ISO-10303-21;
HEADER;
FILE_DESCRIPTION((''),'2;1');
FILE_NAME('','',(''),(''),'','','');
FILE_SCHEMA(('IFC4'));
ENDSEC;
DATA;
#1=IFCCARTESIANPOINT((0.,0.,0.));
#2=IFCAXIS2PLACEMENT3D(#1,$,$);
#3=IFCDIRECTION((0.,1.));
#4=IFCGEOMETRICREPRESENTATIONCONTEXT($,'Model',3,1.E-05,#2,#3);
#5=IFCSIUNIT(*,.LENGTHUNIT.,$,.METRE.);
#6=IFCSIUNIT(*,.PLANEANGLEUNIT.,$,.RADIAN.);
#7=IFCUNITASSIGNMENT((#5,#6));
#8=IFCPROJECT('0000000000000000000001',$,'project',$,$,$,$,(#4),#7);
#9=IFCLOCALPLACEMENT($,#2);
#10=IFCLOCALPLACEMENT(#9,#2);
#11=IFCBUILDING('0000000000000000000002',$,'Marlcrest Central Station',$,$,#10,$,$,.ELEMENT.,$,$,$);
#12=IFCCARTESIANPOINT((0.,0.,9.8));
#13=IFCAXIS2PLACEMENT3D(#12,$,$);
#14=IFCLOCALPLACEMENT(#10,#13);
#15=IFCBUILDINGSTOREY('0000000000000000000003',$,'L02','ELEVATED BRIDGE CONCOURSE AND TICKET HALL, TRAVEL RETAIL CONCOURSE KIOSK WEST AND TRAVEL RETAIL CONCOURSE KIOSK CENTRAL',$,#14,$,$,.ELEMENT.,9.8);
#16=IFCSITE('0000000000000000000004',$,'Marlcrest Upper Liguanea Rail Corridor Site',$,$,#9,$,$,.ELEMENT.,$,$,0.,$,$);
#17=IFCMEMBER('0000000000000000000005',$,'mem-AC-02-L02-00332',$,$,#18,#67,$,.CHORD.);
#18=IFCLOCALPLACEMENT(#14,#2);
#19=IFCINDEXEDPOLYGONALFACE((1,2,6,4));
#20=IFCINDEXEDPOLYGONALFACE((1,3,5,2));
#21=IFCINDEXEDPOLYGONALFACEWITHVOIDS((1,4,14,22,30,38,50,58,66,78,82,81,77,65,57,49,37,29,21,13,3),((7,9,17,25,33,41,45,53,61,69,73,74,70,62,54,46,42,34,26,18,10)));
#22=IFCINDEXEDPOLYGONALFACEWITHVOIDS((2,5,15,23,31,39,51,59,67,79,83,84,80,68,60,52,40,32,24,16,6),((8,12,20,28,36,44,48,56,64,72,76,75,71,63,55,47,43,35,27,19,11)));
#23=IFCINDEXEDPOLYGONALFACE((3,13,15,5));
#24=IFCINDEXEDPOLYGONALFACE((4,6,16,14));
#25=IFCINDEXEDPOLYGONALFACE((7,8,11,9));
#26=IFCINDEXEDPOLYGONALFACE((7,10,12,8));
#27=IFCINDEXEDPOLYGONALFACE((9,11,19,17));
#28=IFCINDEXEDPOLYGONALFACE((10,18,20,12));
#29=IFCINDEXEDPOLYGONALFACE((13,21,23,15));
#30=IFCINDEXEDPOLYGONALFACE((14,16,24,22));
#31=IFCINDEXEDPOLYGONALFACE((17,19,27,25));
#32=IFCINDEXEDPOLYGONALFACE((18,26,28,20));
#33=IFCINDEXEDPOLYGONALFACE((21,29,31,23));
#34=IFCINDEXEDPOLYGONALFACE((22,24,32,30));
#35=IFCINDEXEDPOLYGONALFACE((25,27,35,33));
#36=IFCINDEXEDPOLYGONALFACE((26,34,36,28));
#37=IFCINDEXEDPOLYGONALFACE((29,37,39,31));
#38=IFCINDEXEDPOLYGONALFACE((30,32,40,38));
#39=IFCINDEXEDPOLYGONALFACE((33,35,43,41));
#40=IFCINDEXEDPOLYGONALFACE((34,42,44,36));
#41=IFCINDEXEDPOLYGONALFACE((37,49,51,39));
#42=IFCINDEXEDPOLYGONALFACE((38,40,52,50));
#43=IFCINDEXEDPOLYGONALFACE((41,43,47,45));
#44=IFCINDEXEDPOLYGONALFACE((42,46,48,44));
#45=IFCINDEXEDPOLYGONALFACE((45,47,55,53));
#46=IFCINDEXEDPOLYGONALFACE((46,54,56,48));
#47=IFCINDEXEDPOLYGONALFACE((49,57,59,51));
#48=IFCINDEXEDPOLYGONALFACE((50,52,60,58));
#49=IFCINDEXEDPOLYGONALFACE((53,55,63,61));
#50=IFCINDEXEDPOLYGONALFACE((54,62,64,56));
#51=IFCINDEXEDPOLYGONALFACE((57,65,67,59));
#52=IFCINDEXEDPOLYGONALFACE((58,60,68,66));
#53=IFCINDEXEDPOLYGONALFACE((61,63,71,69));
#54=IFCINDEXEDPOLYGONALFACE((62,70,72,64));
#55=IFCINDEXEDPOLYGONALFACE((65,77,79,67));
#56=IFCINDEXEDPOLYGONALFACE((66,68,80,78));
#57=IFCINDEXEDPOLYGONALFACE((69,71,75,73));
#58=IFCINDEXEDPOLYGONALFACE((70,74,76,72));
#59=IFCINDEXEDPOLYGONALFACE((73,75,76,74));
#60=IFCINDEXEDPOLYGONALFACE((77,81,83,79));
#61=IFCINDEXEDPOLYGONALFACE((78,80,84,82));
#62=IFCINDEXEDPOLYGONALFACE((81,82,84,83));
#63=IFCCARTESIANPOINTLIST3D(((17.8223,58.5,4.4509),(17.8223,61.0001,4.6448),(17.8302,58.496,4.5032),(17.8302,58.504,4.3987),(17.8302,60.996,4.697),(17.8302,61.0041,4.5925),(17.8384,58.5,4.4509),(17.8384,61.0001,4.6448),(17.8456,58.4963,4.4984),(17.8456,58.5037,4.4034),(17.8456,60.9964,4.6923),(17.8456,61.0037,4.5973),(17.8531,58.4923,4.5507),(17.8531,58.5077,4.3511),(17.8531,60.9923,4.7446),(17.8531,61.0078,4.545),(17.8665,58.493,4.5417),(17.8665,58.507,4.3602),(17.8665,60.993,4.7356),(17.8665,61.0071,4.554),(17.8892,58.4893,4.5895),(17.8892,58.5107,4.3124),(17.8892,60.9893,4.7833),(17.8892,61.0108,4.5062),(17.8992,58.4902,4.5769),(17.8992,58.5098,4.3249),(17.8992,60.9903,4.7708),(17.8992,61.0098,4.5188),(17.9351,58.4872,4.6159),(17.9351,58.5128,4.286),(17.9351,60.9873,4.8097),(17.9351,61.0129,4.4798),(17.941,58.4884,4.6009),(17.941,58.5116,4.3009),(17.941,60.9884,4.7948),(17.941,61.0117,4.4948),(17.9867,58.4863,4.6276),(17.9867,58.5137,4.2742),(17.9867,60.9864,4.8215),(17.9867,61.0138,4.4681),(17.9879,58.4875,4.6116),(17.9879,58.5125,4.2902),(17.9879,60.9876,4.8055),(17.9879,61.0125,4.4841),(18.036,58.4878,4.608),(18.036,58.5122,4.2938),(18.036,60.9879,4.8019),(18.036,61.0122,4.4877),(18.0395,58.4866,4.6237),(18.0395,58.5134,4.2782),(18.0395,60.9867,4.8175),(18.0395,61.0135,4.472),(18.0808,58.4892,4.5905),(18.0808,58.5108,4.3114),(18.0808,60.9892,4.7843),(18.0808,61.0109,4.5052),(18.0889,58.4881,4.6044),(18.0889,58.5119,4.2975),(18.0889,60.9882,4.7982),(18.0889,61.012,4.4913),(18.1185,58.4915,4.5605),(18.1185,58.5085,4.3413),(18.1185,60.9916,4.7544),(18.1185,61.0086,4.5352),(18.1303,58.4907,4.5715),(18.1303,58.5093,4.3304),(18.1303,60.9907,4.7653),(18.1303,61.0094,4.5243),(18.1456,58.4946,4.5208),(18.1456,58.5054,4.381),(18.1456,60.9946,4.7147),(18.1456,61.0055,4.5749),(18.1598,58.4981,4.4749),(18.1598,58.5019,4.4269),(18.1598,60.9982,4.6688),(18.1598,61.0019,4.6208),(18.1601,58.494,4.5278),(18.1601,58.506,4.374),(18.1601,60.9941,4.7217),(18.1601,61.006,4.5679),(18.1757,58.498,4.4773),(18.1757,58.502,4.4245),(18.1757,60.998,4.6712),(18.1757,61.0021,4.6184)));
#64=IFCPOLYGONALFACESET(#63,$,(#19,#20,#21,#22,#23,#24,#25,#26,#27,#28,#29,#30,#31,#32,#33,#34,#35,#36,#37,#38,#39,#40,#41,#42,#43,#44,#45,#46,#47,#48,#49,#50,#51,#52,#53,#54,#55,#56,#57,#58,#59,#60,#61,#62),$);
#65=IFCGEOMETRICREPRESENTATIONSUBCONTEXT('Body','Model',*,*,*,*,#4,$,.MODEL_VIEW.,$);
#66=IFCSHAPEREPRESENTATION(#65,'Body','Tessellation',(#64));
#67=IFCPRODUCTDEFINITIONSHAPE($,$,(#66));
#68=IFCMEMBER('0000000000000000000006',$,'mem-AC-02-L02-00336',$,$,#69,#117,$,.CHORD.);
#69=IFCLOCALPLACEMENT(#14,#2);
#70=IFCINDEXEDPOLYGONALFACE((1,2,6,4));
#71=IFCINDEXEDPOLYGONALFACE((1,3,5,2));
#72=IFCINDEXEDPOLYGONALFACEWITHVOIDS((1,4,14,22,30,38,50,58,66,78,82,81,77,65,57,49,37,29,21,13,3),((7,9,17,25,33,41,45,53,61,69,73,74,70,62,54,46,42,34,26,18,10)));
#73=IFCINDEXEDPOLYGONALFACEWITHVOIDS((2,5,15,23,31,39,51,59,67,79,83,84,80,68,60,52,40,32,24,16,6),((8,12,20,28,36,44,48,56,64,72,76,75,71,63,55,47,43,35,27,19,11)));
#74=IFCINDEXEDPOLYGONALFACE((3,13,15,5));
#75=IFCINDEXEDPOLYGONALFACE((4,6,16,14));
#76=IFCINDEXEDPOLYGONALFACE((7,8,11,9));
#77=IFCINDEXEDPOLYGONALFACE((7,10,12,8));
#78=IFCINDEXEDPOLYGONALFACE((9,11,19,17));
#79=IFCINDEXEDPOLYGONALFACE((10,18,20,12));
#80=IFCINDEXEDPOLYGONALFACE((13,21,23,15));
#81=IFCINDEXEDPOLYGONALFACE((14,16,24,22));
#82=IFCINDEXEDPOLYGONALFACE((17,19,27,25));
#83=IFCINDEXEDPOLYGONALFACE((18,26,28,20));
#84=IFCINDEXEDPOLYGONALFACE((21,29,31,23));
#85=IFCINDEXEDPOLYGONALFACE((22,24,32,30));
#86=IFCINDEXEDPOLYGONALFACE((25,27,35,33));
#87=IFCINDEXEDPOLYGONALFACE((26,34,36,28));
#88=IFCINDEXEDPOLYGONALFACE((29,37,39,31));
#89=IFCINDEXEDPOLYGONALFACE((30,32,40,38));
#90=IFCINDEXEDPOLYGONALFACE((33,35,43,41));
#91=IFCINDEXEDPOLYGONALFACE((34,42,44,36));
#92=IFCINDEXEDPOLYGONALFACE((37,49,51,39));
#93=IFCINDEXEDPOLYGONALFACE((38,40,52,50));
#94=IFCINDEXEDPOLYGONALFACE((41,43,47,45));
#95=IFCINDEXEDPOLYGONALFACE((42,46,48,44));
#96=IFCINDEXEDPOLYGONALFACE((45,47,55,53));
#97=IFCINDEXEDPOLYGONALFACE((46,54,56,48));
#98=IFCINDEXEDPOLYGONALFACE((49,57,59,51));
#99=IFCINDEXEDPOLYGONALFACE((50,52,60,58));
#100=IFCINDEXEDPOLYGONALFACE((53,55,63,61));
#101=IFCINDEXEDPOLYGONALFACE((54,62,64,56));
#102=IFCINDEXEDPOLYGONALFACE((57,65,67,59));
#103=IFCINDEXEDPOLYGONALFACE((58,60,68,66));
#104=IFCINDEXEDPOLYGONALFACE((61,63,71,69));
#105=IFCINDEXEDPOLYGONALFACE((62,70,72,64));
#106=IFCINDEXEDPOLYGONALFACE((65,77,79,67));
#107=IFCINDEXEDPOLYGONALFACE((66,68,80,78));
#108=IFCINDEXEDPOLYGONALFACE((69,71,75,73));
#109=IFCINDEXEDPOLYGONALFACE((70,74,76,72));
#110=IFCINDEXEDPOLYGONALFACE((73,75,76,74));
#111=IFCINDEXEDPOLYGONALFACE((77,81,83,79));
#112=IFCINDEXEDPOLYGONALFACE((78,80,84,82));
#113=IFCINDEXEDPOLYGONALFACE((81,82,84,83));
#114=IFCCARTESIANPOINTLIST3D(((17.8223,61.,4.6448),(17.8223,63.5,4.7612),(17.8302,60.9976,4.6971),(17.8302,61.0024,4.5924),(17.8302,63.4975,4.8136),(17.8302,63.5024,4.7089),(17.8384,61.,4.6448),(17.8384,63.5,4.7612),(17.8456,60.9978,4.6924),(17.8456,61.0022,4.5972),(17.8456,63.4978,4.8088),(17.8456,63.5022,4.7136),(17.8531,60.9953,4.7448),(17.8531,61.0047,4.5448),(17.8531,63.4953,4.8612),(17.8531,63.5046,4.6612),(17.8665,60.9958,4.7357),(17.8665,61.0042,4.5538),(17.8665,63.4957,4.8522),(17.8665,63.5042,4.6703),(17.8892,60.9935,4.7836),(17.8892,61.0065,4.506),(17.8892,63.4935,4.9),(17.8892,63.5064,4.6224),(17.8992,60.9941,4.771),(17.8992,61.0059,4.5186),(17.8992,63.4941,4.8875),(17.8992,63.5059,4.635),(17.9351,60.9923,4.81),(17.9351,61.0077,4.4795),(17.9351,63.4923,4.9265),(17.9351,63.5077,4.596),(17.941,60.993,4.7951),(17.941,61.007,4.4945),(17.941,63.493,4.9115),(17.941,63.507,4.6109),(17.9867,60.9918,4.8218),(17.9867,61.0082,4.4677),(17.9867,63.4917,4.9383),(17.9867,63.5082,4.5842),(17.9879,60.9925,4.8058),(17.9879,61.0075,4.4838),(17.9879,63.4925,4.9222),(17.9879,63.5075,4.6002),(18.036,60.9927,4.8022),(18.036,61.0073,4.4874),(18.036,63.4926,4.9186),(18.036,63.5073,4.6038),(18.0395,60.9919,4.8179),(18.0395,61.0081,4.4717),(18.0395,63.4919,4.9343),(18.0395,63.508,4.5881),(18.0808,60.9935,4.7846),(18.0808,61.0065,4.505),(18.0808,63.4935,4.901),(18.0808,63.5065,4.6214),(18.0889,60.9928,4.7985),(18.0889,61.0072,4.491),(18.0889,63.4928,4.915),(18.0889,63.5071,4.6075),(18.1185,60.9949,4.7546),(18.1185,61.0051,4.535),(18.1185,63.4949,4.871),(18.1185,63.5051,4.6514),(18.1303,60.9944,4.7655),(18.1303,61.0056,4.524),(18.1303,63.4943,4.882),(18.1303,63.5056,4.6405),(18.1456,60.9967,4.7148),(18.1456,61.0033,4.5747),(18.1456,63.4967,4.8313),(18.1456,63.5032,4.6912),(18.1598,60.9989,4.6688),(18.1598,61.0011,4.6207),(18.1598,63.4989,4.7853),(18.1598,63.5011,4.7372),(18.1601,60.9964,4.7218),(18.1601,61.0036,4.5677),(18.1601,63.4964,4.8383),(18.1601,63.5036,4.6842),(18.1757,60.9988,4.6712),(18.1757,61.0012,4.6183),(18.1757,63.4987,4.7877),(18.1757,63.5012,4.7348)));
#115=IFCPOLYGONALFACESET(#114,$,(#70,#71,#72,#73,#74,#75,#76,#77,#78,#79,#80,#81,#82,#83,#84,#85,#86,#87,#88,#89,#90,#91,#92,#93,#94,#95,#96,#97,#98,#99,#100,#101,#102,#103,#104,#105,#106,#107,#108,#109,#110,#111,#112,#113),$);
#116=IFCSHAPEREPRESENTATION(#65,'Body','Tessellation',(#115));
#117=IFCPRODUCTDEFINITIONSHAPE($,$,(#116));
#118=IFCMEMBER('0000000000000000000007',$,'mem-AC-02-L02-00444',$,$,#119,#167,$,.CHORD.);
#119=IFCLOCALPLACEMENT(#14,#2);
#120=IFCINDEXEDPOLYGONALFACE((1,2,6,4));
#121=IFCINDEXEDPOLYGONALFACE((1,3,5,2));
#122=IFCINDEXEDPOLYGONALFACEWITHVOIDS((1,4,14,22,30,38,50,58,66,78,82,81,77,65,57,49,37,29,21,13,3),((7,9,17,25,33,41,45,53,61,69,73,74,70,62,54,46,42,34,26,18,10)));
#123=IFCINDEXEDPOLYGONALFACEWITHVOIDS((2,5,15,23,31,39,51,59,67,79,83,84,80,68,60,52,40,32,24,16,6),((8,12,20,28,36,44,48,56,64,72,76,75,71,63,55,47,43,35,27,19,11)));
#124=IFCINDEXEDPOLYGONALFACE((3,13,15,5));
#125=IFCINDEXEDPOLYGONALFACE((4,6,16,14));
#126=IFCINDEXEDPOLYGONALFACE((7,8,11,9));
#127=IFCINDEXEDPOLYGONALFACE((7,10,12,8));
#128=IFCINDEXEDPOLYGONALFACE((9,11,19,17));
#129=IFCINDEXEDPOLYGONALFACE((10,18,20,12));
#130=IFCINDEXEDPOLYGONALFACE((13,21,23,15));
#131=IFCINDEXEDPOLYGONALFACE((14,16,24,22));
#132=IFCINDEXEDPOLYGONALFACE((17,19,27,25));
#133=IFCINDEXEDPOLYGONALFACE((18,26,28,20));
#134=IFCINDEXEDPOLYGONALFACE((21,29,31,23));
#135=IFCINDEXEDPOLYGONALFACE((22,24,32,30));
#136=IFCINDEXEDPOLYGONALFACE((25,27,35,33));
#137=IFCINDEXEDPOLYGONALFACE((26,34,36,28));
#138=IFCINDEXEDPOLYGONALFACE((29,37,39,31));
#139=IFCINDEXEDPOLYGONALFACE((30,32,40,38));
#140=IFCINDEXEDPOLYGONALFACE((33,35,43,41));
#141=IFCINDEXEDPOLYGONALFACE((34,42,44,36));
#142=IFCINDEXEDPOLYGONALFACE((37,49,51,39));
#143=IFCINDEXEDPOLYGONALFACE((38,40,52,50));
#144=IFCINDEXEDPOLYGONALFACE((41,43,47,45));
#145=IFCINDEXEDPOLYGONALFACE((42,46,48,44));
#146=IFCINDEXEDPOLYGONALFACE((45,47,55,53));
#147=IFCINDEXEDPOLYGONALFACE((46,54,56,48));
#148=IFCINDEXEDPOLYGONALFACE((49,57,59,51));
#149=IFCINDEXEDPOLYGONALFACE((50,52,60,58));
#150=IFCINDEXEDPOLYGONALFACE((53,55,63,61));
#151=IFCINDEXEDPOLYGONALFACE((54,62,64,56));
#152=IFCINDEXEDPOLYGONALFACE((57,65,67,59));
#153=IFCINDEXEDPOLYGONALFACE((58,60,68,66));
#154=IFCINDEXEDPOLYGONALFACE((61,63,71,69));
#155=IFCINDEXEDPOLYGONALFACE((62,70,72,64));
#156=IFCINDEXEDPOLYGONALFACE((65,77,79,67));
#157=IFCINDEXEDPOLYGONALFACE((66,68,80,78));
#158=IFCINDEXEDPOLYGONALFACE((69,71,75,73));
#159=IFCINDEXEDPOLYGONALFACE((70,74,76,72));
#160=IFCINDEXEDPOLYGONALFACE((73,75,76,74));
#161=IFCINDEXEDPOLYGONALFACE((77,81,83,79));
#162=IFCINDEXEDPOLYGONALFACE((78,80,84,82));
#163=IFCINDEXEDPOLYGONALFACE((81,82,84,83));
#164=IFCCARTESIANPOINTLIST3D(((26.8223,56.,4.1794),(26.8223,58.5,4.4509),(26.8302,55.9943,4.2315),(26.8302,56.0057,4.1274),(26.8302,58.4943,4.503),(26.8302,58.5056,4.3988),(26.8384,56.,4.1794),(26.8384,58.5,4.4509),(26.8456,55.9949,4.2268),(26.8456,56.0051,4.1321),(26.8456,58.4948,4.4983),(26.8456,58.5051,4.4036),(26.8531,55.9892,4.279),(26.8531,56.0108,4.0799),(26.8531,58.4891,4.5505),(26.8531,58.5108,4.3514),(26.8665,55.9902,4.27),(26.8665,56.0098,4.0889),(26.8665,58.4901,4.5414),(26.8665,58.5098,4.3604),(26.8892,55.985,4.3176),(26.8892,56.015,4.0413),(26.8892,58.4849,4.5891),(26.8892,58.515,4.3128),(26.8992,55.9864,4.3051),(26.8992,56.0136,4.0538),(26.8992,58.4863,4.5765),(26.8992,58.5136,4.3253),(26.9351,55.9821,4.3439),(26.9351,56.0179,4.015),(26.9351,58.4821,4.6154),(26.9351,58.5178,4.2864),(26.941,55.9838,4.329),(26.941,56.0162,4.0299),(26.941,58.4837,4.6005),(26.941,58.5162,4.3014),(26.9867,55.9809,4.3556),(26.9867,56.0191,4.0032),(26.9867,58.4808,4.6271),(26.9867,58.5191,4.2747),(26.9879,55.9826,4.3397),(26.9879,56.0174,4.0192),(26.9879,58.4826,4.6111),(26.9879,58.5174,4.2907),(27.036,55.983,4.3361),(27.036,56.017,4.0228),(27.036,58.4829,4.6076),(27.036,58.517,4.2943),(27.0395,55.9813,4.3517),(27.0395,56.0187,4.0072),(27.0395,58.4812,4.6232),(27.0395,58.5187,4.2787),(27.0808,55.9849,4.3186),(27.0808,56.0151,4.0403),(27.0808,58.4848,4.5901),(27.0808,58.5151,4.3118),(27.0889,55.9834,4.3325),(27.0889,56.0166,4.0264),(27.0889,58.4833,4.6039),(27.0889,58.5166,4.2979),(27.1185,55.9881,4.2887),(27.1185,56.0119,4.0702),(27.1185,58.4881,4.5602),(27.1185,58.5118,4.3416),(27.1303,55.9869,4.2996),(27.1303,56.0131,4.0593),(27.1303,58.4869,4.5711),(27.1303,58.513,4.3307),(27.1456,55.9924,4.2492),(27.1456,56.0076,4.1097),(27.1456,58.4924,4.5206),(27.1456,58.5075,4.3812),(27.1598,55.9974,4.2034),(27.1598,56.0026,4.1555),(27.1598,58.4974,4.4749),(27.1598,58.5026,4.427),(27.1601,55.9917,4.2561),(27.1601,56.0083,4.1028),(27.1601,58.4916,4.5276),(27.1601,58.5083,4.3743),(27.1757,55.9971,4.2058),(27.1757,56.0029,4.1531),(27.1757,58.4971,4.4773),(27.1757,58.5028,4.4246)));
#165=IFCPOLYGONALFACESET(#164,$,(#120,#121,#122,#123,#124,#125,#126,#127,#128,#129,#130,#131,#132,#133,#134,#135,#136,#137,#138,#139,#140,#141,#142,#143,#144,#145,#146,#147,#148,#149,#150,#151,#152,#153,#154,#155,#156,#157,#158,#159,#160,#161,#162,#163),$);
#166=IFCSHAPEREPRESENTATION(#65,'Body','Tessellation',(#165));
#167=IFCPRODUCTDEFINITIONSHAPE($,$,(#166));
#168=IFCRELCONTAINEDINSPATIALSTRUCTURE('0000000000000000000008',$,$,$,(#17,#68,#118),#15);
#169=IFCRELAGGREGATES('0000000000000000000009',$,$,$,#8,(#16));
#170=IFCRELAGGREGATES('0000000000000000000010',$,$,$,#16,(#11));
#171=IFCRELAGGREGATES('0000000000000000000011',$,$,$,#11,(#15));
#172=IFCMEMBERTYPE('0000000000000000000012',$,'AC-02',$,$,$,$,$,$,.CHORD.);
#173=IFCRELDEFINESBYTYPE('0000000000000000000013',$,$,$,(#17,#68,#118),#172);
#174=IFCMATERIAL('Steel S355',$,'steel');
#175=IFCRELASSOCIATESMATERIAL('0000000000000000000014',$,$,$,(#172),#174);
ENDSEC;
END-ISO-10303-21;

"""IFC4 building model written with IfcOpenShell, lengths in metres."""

from ifc_helpers import new_model, si_unit, direction, frame, origin, origin_2d, place, context, subcontext, project, spatial, hollow_circle, extrude, material, material_profile, profile_set, type_object, element, save


model = new_model("IFC4")

# Units and contexts
model_context = context("Model", 3, precision=1e-05, world=origin(), true_north=direction((0.0, 1.0)))
body_context = subcontext(model_context, "Body", "Model", "MODEL_VIEW")
ifc_project = project(units=[si_unit("LENGTHUNIT", "METRE"), si_unit("PLANEANGLEUNIT", "RADIAN")], contexts=[model_context])

# Site, building, storey
site_placement = place(None, origin())
site = spatial("IfcSite", under=ifc_project, at=site_placement, Name="Marlcrest Upper Liguanea Rail Corridor Site", CompositionType="ELEMENT", RefElevation=0.0)
building_placement = place(site_placement, origin())
building = spatial("IfcBuilding", under=site, at=building_placement, Name="Marlcrest Central Station", CompositionType="ELEMENT")
storey_placement = place(building_placement, frame((0.0, 0.0, 9.8)))
storey = spatial("IfcBuildingStorey", under=building, at=storey_placement, Name="L02", Description="ELEVATED BRIDGE CONCOURSE AND TICKET HALL, TRAVEL RETAIL CONCOURSE KIOSK WEST AND TRAVEL RETAIL CONCOURSE KIOSK CENTRAL", CompositionType="ELEMENT", Elevation=9.8)

# Members
ifc_material = material(Name="Steel S355", Category="steel")
ifc_material_profile_1 = material_profile(ifc_material, hollow_circle(Radius=0.1777, WallThickness=0.0161, at=origin_2d()), Name="CHS 355.6x16")
ifc_profile_set_1 = profile_set([ifc_material_profile_1], Name="Steel S355")
member_type_1 = type_object("IfcMemberType", Name="AC-02", PredefinedType="CHORD", material=ifc_profile_set_1)
member_1_placement = place(storey_placement, frame((18.0, 58.5, 4.4509), z_axis=(0.0, 0.997007, 0.077307), x_axis=(-1.0, 0.0, 0.0)))
element("IfcMember", 1, at=member_1_placement, inside=storey, type_object=member_type_1, Name="mem-AC-02-L02-00332", PredefinedType="CHORD", context=body_context, shape_type="SweptSolid", body=[
    extrude(hollow_circle(Radius=0.1777, WallThickness=0.0161, at=origin_2d()), origin(), (0.0, 0.0, 1.0), 2.5076),
])
member_2_placement = place(storey_placement, frame((18.0, 61.0, 4.6448), z_axis=(0.0, 0.998917, 0.046532), x_axis=(-1.0, 0.0, 0.0)))
element("IfcMember", 2, at=member_2_placement, inside=storey, type_object=member_type_1, Name="mem-AC-02-L02-00336", PredefinedType="CHORD", context=body_context, shape_type="SweptSolid", body=[
    extrude(hollow_circle(Radius=0.1777, WallThickness=0.0161, at=origin_2d()), origin(), (0.0, 0.0, 1.0), 2.5027),
])
member_3_placement = place(storey_placement, frame((27.0, 56.0, 4.1794), z_axis=(0.0, 0.994155, 0.107959), x_axis=(-1.0, 0.0, 0.0)))
element("IfcMember", 3, at=member_3_placement, inside=storey, type_object=member_type_1, Name="mem-AC-02-L02-00444", PredefinedType="CHORD", context=body_context, shape_type="SweptSolid", body=[
    extrude(hollow_circle(Radius=0.1777, WallThickness=0.0161, at=origin_2d()), origin(), (0.0, 0.0, 1.0), 2.5146),
])

save(model, "model.ifc")
